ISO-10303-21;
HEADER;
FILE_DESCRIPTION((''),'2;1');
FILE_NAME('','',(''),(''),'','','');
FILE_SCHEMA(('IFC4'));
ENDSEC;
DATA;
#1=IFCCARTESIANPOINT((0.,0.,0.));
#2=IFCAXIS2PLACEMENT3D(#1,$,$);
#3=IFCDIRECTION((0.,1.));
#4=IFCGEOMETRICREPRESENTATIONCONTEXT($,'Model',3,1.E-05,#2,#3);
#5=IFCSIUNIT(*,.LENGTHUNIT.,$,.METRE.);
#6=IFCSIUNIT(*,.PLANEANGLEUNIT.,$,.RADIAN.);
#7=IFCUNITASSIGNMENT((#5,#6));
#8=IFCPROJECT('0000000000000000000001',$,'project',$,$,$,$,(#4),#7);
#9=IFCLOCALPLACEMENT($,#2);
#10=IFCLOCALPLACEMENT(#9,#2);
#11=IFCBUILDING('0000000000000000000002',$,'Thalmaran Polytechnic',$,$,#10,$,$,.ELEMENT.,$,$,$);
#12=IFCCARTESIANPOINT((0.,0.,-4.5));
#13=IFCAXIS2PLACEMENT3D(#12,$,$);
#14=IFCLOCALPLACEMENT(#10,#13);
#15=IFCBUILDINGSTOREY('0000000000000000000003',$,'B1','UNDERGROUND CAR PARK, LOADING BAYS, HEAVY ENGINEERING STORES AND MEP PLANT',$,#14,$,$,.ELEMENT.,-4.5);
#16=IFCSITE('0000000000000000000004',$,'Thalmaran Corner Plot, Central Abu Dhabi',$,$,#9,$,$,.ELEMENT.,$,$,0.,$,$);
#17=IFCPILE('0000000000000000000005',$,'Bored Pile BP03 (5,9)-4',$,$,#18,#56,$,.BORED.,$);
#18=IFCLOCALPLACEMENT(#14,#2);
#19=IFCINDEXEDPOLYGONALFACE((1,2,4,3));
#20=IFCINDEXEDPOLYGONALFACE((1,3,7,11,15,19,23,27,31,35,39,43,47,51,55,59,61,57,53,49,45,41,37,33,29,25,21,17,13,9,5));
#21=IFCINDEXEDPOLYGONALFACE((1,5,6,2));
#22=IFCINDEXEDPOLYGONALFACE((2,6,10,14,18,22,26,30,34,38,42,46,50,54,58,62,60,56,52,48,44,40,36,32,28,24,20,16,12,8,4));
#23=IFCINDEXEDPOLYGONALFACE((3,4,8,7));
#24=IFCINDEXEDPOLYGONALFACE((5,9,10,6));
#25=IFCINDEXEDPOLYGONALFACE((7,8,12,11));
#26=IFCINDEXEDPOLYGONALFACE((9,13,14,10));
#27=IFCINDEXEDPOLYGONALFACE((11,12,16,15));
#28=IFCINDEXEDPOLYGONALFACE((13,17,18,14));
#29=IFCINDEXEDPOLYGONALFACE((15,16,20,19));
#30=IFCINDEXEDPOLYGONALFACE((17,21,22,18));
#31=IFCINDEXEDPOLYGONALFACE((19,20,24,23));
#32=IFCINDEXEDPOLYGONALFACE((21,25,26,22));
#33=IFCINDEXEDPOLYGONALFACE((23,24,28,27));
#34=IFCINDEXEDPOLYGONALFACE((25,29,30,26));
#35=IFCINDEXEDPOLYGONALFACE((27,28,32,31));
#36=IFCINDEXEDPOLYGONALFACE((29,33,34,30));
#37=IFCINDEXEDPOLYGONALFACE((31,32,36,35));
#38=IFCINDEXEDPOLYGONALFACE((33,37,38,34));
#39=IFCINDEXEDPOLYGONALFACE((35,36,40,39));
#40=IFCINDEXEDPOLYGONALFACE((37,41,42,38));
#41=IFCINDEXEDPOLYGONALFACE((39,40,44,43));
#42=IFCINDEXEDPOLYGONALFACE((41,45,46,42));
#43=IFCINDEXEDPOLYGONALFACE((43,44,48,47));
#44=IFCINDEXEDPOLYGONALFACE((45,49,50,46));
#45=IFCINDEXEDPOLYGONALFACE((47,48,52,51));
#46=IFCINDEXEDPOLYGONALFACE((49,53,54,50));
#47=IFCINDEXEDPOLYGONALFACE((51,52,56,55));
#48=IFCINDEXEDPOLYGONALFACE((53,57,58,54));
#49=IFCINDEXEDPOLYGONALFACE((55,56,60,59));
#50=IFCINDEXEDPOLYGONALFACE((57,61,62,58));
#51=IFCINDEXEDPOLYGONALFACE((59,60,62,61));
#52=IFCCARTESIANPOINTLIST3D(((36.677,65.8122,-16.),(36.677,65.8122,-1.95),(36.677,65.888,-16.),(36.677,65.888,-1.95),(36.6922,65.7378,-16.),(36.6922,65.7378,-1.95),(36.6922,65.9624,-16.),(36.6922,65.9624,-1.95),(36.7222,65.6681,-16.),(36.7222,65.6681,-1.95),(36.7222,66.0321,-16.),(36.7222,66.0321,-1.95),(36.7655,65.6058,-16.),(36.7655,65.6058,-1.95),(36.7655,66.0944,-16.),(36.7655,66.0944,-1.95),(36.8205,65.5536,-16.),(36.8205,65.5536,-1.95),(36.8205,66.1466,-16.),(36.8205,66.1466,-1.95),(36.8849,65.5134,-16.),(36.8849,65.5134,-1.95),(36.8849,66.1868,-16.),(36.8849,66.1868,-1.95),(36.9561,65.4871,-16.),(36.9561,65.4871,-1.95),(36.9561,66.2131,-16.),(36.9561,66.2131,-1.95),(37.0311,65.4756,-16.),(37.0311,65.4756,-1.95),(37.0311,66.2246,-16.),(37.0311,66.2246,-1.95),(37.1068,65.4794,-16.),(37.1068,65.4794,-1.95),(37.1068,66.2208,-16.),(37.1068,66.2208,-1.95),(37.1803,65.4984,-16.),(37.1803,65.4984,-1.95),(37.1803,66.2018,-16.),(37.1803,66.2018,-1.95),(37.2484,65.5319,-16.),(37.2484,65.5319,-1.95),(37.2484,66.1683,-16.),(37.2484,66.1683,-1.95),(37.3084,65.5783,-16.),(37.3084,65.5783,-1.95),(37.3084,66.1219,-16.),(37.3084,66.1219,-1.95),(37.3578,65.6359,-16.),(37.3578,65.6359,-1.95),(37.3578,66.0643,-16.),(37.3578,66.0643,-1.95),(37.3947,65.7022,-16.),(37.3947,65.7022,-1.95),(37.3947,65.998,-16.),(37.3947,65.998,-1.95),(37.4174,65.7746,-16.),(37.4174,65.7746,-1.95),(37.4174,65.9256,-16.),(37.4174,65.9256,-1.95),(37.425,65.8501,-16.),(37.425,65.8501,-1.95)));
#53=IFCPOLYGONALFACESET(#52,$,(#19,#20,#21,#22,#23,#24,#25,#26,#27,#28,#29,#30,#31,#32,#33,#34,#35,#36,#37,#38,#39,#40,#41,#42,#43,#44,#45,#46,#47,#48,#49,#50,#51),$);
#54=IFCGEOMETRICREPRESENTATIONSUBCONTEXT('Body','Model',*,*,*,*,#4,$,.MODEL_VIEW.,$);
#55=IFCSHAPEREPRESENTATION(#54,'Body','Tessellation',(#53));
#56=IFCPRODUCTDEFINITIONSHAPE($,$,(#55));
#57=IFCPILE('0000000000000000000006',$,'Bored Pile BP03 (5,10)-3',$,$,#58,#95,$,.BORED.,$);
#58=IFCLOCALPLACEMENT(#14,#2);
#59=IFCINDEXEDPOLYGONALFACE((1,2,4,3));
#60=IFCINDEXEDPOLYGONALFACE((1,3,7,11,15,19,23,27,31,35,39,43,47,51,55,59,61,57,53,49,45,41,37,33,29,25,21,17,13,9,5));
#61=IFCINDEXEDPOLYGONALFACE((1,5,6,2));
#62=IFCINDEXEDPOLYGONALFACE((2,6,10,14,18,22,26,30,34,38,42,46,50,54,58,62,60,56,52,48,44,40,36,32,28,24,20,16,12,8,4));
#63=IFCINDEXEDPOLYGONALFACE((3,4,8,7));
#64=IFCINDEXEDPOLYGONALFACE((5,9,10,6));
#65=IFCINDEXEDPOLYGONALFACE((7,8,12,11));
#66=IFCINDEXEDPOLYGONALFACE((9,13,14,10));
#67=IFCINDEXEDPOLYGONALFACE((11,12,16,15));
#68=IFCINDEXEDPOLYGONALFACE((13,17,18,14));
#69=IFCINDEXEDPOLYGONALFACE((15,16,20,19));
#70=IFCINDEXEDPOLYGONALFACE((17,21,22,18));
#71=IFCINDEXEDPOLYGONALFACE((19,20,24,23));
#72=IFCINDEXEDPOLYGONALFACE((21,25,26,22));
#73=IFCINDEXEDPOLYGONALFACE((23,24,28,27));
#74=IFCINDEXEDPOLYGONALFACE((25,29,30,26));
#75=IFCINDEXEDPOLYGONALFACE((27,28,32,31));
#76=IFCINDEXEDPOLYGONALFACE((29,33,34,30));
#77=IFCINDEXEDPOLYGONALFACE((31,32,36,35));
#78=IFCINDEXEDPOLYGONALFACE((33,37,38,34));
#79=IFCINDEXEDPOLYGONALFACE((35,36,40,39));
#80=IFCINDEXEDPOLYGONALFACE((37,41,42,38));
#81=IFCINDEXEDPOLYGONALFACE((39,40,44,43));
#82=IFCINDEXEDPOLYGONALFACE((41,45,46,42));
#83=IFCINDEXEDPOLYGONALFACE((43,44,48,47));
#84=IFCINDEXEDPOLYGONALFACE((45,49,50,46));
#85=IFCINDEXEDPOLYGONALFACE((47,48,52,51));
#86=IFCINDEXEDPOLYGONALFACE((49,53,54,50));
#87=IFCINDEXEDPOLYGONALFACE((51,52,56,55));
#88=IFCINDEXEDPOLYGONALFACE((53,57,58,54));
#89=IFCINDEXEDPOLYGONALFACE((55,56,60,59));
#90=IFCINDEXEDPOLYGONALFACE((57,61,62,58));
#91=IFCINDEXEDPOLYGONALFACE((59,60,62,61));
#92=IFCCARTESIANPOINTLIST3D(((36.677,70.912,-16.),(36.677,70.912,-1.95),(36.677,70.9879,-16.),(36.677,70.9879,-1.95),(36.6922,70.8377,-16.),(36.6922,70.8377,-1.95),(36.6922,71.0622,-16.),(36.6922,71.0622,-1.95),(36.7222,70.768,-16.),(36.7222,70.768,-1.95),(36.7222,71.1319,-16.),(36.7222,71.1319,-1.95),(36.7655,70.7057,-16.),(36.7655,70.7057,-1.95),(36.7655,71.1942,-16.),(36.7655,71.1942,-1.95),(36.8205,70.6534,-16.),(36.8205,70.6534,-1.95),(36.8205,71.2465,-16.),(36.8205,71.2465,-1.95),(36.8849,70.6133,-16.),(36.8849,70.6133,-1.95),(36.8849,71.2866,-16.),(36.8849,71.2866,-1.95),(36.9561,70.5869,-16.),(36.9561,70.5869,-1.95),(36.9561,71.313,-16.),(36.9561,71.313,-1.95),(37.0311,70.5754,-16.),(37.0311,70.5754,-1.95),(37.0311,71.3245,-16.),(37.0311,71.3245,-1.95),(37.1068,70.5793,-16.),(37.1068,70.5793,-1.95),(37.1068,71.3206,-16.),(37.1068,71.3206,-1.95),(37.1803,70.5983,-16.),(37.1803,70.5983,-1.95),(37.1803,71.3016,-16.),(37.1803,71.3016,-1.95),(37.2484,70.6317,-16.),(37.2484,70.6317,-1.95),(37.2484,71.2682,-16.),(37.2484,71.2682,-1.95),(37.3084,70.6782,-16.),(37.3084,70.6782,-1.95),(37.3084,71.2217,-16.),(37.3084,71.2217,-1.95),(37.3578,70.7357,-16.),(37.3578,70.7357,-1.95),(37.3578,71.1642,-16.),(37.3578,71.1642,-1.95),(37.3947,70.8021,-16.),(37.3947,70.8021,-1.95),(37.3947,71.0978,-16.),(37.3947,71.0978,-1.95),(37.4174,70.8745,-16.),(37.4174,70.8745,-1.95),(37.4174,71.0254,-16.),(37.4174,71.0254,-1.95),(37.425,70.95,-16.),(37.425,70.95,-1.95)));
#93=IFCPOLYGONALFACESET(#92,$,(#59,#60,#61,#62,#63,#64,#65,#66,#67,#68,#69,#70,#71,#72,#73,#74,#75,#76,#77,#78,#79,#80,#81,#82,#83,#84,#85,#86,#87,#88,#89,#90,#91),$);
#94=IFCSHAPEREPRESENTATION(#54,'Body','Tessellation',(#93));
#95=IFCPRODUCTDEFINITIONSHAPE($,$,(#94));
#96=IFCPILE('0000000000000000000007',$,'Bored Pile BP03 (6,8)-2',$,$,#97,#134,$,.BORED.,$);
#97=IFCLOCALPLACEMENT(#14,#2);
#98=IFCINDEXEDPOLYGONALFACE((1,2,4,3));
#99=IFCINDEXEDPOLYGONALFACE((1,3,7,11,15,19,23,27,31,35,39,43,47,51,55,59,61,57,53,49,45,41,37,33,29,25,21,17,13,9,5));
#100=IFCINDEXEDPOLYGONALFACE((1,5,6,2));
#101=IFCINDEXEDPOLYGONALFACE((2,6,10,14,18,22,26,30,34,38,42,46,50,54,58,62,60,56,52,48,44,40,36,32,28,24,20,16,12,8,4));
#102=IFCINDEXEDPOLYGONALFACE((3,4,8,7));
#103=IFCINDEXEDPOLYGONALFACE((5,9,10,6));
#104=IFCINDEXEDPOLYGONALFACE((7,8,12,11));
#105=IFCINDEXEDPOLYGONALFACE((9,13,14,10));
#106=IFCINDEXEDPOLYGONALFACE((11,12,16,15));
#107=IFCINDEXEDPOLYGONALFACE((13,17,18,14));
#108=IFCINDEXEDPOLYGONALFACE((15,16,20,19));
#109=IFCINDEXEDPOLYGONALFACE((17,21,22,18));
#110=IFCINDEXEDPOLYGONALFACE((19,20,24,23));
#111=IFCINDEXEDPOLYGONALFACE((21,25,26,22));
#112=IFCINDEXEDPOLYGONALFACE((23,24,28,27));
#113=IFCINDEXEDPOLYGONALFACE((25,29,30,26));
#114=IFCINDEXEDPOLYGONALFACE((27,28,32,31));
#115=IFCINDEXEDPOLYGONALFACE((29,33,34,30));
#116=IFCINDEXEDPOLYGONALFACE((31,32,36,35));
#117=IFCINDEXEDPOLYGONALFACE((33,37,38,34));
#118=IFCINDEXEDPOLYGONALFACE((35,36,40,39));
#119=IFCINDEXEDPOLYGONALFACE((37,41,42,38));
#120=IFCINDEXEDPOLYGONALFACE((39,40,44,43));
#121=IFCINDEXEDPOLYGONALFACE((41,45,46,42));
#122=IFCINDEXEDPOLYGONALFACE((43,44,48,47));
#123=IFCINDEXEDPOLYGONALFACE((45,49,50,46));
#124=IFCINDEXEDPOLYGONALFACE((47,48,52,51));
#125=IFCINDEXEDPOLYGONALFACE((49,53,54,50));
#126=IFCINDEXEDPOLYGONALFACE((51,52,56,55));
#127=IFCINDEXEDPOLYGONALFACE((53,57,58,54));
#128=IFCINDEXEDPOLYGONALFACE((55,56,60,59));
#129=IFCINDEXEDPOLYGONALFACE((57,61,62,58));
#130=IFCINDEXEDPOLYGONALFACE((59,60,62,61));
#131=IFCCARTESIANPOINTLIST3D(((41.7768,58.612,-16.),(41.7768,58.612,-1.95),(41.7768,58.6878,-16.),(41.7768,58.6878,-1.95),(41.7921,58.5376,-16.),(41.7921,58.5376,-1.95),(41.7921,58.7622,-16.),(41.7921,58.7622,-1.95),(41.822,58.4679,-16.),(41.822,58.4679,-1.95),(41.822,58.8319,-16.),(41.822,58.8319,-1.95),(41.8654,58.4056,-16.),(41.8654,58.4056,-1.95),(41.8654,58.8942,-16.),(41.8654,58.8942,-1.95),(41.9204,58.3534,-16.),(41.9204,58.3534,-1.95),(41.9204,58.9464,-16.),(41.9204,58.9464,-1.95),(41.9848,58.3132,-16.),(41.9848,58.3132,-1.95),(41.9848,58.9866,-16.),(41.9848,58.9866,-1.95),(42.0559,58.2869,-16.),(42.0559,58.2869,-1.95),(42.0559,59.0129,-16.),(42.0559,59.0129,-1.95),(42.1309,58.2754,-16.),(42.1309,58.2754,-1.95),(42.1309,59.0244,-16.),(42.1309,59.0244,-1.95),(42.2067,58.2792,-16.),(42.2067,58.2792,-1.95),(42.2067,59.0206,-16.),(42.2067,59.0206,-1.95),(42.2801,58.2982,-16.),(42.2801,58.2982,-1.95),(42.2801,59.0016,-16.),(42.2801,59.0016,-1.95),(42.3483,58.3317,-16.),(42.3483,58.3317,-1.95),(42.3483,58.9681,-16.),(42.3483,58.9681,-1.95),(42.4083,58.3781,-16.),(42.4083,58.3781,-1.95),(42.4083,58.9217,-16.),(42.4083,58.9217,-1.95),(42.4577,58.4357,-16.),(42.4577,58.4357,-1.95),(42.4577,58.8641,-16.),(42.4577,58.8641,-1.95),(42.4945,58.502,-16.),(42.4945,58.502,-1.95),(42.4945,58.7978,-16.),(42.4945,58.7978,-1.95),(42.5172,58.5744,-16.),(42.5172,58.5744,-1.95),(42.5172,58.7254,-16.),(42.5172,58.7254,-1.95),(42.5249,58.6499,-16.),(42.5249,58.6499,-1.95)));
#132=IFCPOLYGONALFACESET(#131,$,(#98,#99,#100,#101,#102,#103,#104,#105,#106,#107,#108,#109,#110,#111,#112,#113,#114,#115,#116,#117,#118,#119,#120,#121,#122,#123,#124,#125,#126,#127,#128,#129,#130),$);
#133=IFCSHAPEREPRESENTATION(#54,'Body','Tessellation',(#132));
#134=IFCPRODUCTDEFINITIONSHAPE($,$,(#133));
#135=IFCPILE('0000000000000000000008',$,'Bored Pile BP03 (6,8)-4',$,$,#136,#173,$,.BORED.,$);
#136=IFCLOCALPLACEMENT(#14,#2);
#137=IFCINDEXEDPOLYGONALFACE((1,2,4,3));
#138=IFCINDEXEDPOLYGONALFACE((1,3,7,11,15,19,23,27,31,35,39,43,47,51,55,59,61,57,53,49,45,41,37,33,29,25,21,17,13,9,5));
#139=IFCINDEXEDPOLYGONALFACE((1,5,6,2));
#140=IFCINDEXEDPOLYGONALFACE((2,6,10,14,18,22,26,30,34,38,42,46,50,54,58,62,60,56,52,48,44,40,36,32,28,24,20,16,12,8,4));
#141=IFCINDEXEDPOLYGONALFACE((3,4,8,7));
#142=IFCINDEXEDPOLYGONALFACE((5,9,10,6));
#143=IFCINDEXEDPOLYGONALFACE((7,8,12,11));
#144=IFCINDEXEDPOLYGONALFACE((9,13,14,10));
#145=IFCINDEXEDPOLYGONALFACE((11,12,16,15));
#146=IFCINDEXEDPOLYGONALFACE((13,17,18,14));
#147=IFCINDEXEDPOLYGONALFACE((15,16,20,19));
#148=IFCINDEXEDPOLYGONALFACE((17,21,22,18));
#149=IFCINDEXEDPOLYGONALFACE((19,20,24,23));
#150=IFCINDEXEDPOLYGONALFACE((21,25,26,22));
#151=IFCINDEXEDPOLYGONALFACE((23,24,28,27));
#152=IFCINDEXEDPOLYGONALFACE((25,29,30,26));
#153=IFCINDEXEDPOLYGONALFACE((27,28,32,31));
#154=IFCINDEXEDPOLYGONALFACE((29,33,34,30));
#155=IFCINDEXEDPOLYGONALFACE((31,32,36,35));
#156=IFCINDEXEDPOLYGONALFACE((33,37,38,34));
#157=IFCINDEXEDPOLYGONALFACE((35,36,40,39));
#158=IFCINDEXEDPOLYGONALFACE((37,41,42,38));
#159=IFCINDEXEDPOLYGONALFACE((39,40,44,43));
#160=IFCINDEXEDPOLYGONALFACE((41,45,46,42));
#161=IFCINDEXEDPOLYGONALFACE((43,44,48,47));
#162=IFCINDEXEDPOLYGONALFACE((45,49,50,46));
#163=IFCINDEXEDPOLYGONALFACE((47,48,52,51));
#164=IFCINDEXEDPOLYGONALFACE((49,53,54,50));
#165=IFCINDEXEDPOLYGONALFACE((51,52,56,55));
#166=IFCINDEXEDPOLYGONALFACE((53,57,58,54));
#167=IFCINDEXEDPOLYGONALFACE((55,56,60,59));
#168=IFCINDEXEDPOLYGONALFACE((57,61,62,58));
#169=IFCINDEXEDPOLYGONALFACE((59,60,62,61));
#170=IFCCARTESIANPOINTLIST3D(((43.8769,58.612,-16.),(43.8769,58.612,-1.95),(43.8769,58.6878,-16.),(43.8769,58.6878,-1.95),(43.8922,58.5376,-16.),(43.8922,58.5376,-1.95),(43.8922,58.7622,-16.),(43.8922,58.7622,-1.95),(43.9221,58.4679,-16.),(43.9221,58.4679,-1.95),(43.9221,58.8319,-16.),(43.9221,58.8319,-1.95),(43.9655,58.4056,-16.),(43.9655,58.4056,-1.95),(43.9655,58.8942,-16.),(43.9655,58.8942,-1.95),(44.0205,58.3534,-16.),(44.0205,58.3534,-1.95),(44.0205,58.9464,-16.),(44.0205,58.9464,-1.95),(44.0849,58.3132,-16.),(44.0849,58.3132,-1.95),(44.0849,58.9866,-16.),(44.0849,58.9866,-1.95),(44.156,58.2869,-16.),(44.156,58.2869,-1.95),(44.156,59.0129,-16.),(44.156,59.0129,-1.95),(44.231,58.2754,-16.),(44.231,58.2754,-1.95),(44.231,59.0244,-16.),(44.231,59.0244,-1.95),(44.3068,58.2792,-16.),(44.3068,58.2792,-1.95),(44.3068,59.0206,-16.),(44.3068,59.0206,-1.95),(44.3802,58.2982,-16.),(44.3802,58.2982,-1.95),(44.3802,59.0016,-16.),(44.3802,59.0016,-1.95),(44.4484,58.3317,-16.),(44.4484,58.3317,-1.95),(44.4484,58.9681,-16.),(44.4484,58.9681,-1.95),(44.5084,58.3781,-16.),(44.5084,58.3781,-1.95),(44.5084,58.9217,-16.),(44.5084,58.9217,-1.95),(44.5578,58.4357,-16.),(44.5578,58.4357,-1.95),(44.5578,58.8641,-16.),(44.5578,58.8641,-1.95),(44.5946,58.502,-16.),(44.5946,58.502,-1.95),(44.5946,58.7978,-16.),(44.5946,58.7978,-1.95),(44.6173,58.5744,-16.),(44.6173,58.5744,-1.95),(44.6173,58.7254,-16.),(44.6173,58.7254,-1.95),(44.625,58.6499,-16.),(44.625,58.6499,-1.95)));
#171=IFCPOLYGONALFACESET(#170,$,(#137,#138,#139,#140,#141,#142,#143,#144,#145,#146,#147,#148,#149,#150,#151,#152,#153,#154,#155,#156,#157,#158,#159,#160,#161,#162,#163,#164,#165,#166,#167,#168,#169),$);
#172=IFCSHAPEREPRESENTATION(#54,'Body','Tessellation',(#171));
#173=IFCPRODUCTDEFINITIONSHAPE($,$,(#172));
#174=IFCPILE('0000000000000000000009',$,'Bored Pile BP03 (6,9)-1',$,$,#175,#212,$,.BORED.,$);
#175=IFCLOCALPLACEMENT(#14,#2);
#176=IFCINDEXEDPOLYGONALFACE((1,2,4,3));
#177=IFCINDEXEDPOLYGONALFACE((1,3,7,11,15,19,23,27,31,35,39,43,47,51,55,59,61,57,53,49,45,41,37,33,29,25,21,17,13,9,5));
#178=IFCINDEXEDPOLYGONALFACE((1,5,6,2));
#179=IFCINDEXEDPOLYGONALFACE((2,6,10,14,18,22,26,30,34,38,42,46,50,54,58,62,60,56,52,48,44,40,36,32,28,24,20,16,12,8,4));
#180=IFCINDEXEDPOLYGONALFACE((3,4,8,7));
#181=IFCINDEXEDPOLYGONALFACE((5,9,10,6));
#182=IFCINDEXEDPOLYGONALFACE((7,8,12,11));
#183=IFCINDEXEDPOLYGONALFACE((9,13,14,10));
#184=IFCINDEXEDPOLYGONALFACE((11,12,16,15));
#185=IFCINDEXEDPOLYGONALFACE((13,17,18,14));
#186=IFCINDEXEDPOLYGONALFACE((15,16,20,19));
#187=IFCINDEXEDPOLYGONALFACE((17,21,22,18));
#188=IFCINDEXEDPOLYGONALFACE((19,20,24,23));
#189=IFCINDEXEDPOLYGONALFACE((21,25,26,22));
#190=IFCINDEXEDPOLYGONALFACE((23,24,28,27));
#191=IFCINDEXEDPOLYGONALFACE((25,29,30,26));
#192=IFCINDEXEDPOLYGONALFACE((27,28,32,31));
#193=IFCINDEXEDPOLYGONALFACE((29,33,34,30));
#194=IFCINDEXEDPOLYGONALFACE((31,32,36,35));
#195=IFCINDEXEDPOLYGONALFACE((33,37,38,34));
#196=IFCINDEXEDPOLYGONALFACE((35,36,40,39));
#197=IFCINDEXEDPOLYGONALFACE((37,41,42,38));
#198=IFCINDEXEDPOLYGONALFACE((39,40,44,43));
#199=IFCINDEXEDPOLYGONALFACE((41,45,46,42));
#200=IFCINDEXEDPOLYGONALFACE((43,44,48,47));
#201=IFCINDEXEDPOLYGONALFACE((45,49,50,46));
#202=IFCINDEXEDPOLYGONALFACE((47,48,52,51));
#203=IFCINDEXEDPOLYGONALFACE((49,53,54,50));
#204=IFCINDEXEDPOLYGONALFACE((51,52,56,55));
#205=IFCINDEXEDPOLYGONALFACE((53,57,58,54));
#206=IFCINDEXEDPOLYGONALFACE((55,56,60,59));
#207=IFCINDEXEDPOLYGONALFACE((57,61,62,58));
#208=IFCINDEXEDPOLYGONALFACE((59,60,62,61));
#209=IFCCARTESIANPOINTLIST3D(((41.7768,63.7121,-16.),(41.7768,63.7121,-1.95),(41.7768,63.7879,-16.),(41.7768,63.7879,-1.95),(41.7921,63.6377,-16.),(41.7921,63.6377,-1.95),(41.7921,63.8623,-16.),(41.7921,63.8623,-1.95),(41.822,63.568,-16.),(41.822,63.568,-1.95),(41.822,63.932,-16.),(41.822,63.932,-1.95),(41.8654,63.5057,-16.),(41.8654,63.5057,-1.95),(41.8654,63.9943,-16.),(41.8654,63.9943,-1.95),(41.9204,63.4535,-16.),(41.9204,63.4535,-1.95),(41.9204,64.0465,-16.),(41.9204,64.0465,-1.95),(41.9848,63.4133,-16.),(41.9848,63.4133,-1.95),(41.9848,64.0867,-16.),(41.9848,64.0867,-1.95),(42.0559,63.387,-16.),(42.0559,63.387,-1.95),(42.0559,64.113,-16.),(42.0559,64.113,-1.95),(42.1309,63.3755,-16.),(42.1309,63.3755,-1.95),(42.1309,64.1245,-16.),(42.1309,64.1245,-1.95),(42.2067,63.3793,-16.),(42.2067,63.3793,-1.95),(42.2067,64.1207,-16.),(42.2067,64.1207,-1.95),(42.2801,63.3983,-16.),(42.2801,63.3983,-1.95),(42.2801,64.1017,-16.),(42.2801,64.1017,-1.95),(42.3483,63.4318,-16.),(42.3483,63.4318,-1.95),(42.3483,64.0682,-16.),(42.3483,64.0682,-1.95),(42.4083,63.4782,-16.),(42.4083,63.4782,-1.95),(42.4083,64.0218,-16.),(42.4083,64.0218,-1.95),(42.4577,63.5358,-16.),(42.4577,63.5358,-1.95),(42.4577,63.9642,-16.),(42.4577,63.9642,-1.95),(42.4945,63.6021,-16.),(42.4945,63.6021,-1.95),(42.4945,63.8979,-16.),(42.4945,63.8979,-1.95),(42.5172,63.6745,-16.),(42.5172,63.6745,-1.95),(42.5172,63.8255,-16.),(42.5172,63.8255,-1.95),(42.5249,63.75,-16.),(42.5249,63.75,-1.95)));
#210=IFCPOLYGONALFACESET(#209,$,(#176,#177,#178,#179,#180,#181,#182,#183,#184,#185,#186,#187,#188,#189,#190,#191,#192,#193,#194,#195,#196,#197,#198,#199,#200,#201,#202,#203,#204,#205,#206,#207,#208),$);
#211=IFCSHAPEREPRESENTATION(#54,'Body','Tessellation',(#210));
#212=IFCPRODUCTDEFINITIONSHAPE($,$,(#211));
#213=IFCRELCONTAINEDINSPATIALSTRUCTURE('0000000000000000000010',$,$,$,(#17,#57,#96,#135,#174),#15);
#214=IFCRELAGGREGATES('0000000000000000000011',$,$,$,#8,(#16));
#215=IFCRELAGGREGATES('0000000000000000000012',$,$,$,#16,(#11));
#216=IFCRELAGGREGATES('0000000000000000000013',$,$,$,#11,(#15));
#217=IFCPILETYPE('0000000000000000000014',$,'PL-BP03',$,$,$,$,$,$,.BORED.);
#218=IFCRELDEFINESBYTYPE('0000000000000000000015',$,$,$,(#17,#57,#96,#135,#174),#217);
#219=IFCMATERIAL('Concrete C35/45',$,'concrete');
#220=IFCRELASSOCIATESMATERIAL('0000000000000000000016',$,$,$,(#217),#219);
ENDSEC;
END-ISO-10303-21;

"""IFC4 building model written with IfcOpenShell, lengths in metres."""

from ifc_helpers import new_model, si_unit, direction, frame, origin, origin_2d, place, context, subcontext, project, spatial, circle, extrude, material, material_profile, profile_set, type_object, element, save


model = new_model("IFC4")

# Units and contexts
model_context = context("Model", 3, precision=1e-05, world=origin(), true_north=direction((0.0, 1.0)))
body_context = subcontext(model_context, "Body", "Model", "MODEL_VIEW")
ifc_project = project(units=[si_unit("LENGTHUNIT", "METRE"), si_unit("PLANEANGLEUNIT", "RADIAN")], contexts=[model_context])

# Site, building, storey
site_placement = place(None, origin())
site = spatial("IfcSite", under=ifc_project, at=site_placement, Name="Thalmaran Corner Plot, Central Abu Dhabi", CompositionType="ELEMENT", RefElevation=0.0)
building_placement = place(site_placement, origin())
building = spatial("IfcBuilding", under=site, at=building_placement, Name="Thalmaran Polytechnic", CompositionType="ELEMENT")
storey_placement = place(building_placement, frame((0.0, 0.0, -4.5)))
storey = spatial("IfcBuildingStorey", under=building, at=storey_placement, Name="B1", Description="UNDERGROUND CAR PARK, LOADING BAYS, HEAVY ENGINEERING STORES AND MEP PLANT", CompositionType="ELEMENT", Elevation=-4.5)

# Piles
ifc_material_1 = material(Name="Concrete C35/45", Category="concrete")
ifc_material_profile_1 = material_profile(ifc_material_1, circle(Radius=0.375, at=origin_2d()), Name="RC 750 DIA")
ifc_profile_set_1 = profile_set([ifc_material_profile_1], Name="Concrete C35/45")
pile_type = type_object("IfcPileType", Name="PL-BP03", PredefinedType="BORED", material=ifc_profile_set_1)
for number, where, z_axis, x_axis, name in (
    (1, (37.05, 65.8501, -1.95), (0.0, 0.0, -1.0), (1.0, 0.0, 0.0), "Bored Pile BP03 (5,9)-4"),
    (2, (37.05, 70.95, -1.95), (0.0, 0.0, -1.0), (1.0, 0.0, 0.0), "Bored Pile BP03 (5,10)-3"),
    (3, (42.1499, 58.6499, -1.95), (0.0, 0.0, -1.0), (1.0, 0.0, 0.0), "Bored Pile BP03 (6,8)-2"),
    (4, (44.25, 58.6499, -1.95), (0.0, 0.0, -1.0), (1.0, 0.0, 0.0), "Bored Pile BP03 (6,8)-4"),
    (5, (42.1499, 63.75, -1.95), (0.0, 0.0, -1.0), (1.0, 0.0, 0.0), "Bored Pile BP03 (6,9)-1"),
):
    element("IfcPile", number, at=place(storey_placement, frame(where, z_axis=z_axis, x_axis=x_axis)), inside=storey, type_object=pile_type, Name=name, PredefinedType="BORED", context=body_context, shape_type="SweptSolid", body=[
        extrude(circle(Radius=0.375, at=origin_2d()), origin(), (0.0, 0.0, 1.0), 14.05),
    ])

save(model, "model.ifc")
